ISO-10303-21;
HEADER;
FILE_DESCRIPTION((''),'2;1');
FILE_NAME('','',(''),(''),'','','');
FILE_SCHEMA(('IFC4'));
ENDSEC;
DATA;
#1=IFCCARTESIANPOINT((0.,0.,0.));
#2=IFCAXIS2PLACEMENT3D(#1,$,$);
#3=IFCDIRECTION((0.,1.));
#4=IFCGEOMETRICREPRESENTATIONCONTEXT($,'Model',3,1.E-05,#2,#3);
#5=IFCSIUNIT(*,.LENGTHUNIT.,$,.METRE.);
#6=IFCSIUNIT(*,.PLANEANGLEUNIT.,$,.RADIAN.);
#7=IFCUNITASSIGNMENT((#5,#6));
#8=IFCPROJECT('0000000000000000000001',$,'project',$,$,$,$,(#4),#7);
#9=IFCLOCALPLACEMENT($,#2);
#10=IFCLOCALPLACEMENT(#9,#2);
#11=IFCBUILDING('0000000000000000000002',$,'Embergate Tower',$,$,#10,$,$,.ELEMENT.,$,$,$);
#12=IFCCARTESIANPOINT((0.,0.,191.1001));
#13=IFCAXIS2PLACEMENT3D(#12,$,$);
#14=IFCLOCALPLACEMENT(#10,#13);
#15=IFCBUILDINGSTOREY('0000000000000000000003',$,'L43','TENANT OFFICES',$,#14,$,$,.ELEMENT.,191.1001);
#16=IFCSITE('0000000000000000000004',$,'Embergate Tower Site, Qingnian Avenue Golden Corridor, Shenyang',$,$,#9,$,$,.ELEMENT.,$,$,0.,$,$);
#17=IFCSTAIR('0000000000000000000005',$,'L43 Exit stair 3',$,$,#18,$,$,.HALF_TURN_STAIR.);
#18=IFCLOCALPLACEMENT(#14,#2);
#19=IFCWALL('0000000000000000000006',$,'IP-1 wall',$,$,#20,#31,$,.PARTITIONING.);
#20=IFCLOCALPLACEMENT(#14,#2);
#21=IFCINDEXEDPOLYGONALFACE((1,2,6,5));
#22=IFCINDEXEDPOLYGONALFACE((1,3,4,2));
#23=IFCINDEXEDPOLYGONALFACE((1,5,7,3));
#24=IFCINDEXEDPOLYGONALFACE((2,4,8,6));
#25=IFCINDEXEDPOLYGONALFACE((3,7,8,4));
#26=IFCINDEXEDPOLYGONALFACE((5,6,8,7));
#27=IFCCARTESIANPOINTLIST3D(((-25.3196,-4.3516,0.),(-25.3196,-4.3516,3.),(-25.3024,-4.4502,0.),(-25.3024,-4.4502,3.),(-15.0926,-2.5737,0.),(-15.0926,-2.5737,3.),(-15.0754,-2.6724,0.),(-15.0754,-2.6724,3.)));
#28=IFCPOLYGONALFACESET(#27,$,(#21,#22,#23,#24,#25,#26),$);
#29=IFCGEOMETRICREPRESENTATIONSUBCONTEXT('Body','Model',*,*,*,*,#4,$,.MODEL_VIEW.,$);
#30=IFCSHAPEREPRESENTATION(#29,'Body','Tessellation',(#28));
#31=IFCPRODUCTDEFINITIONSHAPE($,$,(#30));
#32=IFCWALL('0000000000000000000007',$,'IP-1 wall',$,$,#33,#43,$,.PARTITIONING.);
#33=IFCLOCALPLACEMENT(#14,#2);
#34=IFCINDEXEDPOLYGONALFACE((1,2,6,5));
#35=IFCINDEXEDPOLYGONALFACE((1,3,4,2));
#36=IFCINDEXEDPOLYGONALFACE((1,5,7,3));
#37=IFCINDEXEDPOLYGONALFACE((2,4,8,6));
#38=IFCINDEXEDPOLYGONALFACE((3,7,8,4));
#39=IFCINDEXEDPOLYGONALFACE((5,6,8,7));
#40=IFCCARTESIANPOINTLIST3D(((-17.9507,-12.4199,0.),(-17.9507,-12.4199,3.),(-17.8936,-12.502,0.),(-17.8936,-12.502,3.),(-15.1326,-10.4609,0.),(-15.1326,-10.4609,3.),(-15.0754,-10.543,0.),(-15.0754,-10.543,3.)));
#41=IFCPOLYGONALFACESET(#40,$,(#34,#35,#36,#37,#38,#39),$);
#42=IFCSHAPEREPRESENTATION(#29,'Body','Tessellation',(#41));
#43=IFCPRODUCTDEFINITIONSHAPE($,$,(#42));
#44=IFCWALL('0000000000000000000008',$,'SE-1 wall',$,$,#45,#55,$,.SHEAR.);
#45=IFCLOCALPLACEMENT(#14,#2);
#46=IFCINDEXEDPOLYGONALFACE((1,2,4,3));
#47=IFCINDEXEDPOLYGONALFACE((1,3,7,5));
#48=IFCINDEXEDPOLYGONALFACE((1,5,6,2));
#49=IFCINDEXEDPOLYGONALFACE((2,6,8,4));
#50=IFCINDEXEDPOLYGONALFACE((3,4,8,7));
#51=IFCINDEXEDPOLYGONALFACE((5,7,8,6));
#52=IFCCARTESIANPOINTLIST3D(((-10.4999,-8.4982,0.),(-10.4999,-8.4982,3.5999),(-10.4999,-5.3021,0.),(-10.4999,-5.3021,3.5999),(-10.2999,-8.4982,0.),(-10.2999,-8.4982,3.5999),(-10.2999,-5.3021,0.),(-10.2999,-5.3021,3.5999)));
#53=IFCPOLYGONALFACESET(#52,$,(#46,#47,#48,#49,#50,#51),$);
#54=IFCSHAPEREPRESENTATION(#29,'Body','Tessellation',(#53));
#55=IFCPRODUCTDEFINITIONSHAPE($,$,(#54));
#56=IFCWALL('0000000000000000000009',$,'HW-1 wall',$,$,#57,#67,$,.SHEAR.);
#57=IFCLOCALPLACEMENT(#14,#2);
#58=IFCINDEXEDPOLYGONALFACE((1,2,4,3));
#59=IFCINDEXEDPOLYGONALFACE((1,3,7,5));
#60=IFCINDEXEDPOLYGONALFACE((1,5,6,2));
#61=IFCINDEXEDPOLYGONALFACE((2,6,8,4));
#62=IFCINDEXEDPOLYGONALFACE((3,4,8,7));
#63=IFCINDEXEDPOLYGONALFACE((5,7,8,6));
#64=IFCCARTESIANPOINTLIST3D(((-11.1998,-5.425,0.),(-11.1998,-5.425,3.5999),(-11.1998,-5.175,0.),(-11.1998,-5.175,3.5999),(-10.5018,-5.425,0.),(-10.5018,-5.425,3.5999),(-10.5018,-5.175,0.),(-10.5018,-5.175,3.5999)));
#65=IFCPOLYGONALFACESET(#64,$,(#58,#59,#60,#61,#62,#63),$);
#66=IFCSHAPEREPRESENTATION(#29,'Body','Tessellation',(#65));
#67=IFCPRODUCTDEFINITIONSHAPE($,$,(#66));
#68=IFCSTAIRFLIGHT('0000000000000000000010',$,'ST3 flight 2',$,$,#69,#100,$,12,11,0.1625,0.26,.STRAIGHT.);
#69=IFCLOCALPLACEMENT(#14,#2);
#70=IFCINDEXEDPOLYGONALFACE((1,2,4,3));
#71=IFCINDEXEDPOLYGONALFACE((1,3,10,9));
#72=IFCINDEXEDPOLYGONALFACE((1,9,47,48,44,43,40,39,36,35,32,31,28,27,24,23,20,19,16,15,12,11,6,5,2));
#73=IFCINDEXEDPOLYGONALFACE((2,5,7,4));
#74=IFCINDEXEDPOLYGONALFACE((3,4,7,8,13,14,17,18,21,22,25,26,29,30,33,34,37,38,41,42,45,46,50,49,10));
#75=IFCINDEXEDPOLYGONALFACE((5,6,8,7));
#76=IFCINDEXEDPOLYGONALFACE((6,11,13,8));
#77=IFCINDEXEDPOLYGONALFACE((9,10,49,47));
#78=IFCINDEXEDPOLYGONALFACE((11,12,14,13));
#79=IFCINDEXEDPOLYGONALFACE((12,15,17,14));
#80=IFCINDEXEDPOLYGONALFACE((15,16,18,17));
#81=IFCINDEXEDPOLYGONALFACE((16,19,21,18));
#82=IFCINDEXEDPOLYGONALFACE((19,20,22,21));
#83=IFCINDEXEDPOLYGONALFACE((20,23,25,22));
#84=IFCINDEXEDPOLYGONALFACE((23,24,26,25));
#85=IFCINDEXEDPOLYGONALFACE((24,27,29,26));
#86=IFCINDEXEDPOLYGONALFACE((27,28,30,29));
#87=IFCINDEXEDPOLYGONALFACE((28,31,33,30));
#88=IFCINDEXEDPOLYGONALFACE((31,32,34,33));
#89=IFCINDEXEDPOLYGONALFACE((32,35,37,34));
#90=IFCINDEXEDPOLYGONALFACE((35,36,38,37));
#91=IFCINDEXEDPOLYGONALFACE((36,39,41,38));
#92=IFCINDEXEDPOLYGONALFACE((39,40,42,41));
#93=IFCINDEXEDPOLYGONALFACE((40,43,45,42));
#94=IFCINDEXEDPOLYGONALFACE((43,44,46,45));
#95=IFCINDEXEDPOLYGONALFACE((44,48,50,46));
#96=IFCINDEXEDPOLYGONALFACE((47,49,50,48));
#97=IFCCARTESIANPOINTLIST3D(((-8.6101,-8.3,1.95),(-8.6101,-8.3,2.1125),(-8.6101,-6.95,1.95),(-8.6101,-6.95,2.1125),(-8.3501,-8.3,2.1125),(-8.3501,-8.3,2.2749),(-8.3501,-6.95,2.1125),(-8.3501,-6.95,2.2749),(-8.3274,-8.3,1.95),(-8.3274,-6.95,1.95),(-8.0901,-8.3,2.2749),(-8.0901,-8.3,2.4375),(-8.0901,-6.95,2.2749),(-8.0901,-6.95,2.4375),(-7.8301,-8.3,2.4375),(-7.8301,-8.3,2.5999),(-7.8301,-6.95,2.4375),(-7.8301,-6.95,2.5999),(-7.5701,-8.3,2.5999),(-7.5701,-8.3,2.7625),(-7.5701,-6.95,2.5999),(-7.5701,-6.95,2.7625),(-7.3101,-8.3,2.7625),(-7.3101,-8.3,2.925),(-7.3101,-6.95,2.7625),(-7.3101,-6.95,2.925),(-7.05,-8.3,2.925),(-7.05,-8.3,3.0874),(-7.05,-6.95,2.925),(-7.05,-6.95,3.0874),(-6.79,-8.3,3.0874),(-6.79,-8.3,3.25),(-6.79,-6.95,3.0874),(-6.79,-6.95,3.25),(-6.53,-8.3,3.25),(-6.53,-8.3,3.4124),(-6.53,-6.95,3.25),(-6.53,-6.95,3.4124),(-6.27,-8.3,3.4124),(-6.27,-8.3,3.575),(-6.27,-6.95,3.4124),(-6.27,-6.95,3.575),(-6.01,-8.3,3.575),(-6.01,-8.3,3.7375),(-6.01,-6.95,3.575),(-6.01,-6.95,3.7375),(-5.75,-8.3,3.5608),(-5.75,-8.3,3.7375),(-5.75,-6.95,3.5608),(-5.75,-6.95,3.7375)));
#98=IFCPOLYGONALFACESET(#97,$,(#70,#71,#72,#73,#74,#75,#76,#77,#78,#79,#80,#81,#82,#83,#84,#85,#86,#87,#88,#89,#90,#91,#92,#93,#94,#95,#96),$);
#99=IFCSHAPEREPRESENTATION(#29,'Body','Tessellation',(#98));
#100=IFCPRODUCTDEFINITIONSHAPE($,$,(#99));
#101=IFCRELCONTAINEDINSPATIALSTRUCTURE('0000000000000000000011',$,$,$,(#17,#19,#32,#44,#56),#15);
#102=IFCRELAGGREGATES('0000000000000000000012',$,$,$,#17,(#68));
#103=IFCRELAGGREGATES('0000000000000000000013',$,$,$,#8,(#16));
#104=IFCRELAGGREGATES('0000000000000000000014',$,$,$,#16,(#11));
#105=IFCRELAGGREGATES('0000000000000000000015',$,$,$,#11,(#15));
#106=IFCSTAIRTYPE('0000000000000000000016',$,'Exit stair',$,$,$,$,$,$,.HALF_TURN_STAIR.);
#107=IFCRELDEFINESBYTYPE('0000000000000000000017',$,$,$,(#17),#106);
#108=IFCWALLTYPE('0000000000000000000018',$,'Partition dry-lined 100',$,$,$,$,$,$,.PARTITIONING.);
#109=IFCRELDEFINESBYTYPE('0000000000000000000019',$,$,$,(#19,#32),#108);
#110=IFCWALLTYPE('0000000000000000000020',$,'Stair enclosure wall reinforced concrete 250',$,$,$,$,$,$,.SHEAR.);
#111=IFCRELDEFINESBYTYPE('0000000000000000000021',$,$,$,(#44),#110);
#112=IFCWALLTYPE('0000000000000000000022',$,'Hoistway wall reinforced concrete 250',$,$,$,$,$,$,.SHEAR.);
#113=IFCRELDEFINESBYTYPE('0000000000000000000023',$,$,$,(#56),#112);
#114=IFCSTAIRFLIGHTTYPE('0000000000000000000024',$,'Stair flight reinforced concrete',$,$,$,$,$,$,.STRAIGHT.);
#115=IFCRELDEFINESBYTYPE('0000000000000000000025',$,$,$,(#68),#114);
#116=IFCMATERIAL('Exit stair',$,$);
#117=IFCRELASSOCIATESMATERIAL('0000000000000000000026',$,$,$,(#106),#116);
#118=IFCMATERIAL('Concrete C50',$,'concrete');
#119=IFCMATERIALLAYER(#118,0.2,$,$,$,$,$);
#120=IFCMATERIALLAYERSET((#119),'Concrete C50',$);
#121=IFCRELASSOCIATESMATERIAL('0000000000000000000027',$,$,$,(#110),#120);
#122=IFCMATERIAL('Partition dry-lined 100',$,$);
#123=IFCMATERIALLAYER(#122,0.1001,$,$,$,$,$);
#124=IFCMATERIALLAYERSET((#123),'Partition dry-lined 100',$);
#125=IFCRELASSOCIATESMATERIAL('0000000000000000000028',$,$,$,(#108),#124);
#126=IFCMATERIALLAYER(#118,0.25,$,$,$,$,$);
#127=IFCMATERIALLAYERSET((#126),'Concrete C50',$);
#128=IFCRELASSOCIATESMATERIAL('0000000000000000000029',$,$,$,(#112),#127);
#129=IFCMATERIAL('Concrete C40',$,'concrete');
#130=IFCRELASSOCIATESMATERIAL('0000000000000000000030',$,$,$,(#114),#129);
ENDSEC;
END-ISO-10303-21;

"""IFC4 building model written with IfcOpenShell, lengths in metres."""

from ifc_helpers import new_model, si_unit, direction, frame, frame_2d, origin, place, context, subcontext, project, spatial, polyline, rectangle, outline, extrude, source, transform, mapped, material, layer, layer_set, type_object, element, aggregate, save


model = new_model("IFC4")

# Units and contexts
model_context = context("Model", 3, precision=1e-05, world=origin(), true_north=direction((0.0, 1.0)))
body_context = subcontext(model_context, "Body", "Model", "MODEL_VIEW")
ifc_project = project(units=[si_unit("LENGTHUNIT", "METRE"), si_unit("PLANEANGLEUNIT", "RADIAN")], contexts=[model_context])

# Site, building, storey
site_placement = place(None, origin())
site = spatial("IfcSite", under=ifc_project, at=site_placement, Name="Embergate Tower Site, Qingnian Avenue Golden Corridor, Shenyang", CompositionType="ELEMENT", RefElevation=0.0)
building_placement = place(site_placement, origin())
building = spatial("IfcBuilding", under=site, at=building_placement, Name="Embergate Tower", CompositionType="ELEMENT")
storey_placement = place(building_placement, frame((0.0, 0.0, 191.1001)))
storey = spatial("IfcBuildingStorey", under=building, at=storey_placement, Name="L43", Description="TENANT OFFICES", CompositionType="ELEMENT", Elevation=191.1001)

# Stair
ifc_material_1 = material(Name="Exit stair")
stair_type = type_object("IfcStairType", Name="Exit stair", PredefinedType="HALF_TURN_STAIR", material=ifc_material_1)
stair_placement = place(storey_placement, origin())
stair = element("IfcStair", 1, at=stair_placement, inside=storey, type_object=stair_type, Name="L43 Exit stair 3", PredefinedType="HALF_TURN_STAIR")
ifc_material_2 = material(Name="Concrete C40", Category="concrete")

# Shared definitions
ifc_material_3 = material(Name="Concrete C50", Category="concrete")
ifc_layer_1 = layer(ifc_material_3, 0.2)
ifc_layer_set_1 = layer_set([ifc_layer_1], Name="Concrete C50")
wall_type_1 = type_object("IfcWallType", Name="Stair enclosure wall reinforced concrete 250", PredefinedType="SHEAR", material=ifc_layer_set_1)

# Walls
ifc_material_4 = material(Name="Partition dry-lined 100")
ifc_layer_2 = layer(ifc_material_4, 0.1001)
ifc_layer_set_2 = layer_set([ifc_layer_2], Name="Partition dry-lined 100")
wall_type_2 = type_object("IfcWallType", Name="Partition dry-lined 100", PredefinedType="PARTITIONING", material=ifc_layer_set_2)
shared_shape_1 = source(origin(), body_context, "Body", "SweptSolid", [
    extrude(rectangle(XDim=10.3804, YDim=0.1001, at=frame_2d((5.1902, 0.0))), origin(), (0.0, 0.0, 1.0), 3.0),
])
wall_1_placement = place(storey_placement, frame((-15.084, -2.623, 0.0), z_axis=(0.0, 0.0, 1.0), x_axis=(-0.985225, -0.171268, 0.0)))
element("IfcWall", 2, at=wall_1_placement, inside=storey, type_object=wall_type_2, Name="IP-1 wall", PredefinedType="PARTITIONING", context=body_context, shape_type="MappedRepresentation", body=[
    mapped(shared_shape_1, transform((0.0, 0.0, 0.0))),
])
shared_shape_2 = source(origin(), body_context, "Body", "SweptSolid", [
    extrude(rectangle(XDim=3.4321, YDim=0.1001, at=frame_2d((1.7161, 0.0))), origin(), (0.0, 0.0, 1.0), 3.0),
])
wall_2_placement = place(storey_placement, frame((-15.104, -10.502, 0.0), z_axis=(0.0, 0.0, 1.0), x_axis=(-0.821102, -0.570781, 0.0)))
element("IfcWall", 3, at=wall_2_placement, inside=storey, type_object=wall_type_2, Name="IP-1 wall", PredefinedType="PARTITIONING", context=body_context, shape_type="MappedRepresentation", body=[
    mapped(shared_shape_2, transform((0.0, 0.0, 0.0))),
])
shared_shape_3 = source(origin(), body_context, "Body", "SweptSolid", [
    extrude(rectangle(XDim=3.196, YDim=0.2, at=frame_2d((1.5981, 0.0))), origin(), (0.0, 0.0, 1.0), 3.5999),
])
wall_3_placement = place(storey_placement, frame((-10.3999, -5.302, 0.0), z_axis=(0.0, 0.0, 1.0), x_axis=(0.0, -1.0, 0.0)))
element("IfcWall", 4, at=wall_3_placement, inside=storey, type_object=wall_type_1, Name="SE-1 wall", PredefinedType="SHEAR", context=body_context, shape_type="MappedRepresentation", body=[
    mapped(shared_shape_3, transform((0.0, 0.0, 0.0))),
])
ifc_layer_3 = layer(ifc_material_3, 0.25)
ifc_layer_set_3 = layer_set([ifc_layer_3], Name="Concrete C50")
wall_type_3 = type_object("IfcWallType", Name="Hoistway wall reinforced concrete 250", PredefinedType="SHEAR", material=ifc_layer_set_3)
shared_shape_4 = source(origin(), body_context, "Body", "SweptSolid", [
    extrude(rectangle(XDim=0.698, YDim=0.25, at=frame_2d((0.3491, 0.0))), origin(), (0.0, 0.0, 1.0), 3.5999),
])
wall_4_placement = place(storey_placement, frame((-11.2, -5.3, 0.0), z_axis=(0.0, 0.0, 1.0), x_axis=(1.0, 0.0, 0.0)))
element("IfcWall", 5, at=wall_4_placement, inside=storey, type_object=wall_type_3, Name="HW-1 wall", PredefinedType="SHEAR", context=body_context, shape_type="MappedRepresentation", body=[
    mapped(shared_shape_4, transform((0.0, 0.0, 0.0))),
])

# Stair flight
stair_flight_type = type_object("IfcStairFlightType", Name="Stair flight reinforced concrete", PredefinedType="STRAIGHT", material=ifc_material_2)
shared_shape_5 = source(origin(), body_context, "Body", "SweptSolid", [
    extrude(outline(polyline([(0.0, 0.0), (0.0, 0.1626), (0.26, 0.1626), (0.26, 0.325), (0.52, 0.325), (0.52, 0.4875), (0.78, 0.4875), (0.78, 0.6499), (1.04, 0.6499), (1.04, 0.8125), (1.3, 0.8125), (1.3, 0.9751), (1.5601, 0.9751), (1.5601, 1.1375), (1.8201, 1.1375), (1.8201, 1.3), (2.0801, 1.3), (2.0801, 1.4624), (2.3401, 1.4624), (2.3401, 1.625), (2.6001, 1.625), (2.6001, 1.7876), (2.8601, 1.7876), (2.8601, 1.95), (2.8601, 1.6108), (0.2827, 0.0), (0.0, 0.0)])), frame((0.0, 0.675, 0.0), z_axis=(0.0, -1.0, 0.0), x_axis=(1.0, 0.0, 0.0)), (0.0, 0.0, 1.0), 1.3501),
])
stair_flight_placement = place(storey_placement, frame((-8.6101, -7.625, 1.95), z_axis=(0.0, 0.0, 1.0), x_axis=(1.0, 0.0, 0.0)))
stair_flight = element("IfcStairFlight", 6, at=stair_flight_placement, type_object=stair_flight_type, Name="ST3 flight 2", NumberOfRisers=12, NumberOfTreads=11, PredefinedType="STRAIGHT", RiserHeight=0.1625, TreadLength=0.26, context=body_context, shape_type="MappedRepresentation", body=[
    mapped(shared_shape_5, transform((0.0, 0.0, 0.0))),
])
aggregate(stair, [stair_flight])

save(model, "model.ifc")
